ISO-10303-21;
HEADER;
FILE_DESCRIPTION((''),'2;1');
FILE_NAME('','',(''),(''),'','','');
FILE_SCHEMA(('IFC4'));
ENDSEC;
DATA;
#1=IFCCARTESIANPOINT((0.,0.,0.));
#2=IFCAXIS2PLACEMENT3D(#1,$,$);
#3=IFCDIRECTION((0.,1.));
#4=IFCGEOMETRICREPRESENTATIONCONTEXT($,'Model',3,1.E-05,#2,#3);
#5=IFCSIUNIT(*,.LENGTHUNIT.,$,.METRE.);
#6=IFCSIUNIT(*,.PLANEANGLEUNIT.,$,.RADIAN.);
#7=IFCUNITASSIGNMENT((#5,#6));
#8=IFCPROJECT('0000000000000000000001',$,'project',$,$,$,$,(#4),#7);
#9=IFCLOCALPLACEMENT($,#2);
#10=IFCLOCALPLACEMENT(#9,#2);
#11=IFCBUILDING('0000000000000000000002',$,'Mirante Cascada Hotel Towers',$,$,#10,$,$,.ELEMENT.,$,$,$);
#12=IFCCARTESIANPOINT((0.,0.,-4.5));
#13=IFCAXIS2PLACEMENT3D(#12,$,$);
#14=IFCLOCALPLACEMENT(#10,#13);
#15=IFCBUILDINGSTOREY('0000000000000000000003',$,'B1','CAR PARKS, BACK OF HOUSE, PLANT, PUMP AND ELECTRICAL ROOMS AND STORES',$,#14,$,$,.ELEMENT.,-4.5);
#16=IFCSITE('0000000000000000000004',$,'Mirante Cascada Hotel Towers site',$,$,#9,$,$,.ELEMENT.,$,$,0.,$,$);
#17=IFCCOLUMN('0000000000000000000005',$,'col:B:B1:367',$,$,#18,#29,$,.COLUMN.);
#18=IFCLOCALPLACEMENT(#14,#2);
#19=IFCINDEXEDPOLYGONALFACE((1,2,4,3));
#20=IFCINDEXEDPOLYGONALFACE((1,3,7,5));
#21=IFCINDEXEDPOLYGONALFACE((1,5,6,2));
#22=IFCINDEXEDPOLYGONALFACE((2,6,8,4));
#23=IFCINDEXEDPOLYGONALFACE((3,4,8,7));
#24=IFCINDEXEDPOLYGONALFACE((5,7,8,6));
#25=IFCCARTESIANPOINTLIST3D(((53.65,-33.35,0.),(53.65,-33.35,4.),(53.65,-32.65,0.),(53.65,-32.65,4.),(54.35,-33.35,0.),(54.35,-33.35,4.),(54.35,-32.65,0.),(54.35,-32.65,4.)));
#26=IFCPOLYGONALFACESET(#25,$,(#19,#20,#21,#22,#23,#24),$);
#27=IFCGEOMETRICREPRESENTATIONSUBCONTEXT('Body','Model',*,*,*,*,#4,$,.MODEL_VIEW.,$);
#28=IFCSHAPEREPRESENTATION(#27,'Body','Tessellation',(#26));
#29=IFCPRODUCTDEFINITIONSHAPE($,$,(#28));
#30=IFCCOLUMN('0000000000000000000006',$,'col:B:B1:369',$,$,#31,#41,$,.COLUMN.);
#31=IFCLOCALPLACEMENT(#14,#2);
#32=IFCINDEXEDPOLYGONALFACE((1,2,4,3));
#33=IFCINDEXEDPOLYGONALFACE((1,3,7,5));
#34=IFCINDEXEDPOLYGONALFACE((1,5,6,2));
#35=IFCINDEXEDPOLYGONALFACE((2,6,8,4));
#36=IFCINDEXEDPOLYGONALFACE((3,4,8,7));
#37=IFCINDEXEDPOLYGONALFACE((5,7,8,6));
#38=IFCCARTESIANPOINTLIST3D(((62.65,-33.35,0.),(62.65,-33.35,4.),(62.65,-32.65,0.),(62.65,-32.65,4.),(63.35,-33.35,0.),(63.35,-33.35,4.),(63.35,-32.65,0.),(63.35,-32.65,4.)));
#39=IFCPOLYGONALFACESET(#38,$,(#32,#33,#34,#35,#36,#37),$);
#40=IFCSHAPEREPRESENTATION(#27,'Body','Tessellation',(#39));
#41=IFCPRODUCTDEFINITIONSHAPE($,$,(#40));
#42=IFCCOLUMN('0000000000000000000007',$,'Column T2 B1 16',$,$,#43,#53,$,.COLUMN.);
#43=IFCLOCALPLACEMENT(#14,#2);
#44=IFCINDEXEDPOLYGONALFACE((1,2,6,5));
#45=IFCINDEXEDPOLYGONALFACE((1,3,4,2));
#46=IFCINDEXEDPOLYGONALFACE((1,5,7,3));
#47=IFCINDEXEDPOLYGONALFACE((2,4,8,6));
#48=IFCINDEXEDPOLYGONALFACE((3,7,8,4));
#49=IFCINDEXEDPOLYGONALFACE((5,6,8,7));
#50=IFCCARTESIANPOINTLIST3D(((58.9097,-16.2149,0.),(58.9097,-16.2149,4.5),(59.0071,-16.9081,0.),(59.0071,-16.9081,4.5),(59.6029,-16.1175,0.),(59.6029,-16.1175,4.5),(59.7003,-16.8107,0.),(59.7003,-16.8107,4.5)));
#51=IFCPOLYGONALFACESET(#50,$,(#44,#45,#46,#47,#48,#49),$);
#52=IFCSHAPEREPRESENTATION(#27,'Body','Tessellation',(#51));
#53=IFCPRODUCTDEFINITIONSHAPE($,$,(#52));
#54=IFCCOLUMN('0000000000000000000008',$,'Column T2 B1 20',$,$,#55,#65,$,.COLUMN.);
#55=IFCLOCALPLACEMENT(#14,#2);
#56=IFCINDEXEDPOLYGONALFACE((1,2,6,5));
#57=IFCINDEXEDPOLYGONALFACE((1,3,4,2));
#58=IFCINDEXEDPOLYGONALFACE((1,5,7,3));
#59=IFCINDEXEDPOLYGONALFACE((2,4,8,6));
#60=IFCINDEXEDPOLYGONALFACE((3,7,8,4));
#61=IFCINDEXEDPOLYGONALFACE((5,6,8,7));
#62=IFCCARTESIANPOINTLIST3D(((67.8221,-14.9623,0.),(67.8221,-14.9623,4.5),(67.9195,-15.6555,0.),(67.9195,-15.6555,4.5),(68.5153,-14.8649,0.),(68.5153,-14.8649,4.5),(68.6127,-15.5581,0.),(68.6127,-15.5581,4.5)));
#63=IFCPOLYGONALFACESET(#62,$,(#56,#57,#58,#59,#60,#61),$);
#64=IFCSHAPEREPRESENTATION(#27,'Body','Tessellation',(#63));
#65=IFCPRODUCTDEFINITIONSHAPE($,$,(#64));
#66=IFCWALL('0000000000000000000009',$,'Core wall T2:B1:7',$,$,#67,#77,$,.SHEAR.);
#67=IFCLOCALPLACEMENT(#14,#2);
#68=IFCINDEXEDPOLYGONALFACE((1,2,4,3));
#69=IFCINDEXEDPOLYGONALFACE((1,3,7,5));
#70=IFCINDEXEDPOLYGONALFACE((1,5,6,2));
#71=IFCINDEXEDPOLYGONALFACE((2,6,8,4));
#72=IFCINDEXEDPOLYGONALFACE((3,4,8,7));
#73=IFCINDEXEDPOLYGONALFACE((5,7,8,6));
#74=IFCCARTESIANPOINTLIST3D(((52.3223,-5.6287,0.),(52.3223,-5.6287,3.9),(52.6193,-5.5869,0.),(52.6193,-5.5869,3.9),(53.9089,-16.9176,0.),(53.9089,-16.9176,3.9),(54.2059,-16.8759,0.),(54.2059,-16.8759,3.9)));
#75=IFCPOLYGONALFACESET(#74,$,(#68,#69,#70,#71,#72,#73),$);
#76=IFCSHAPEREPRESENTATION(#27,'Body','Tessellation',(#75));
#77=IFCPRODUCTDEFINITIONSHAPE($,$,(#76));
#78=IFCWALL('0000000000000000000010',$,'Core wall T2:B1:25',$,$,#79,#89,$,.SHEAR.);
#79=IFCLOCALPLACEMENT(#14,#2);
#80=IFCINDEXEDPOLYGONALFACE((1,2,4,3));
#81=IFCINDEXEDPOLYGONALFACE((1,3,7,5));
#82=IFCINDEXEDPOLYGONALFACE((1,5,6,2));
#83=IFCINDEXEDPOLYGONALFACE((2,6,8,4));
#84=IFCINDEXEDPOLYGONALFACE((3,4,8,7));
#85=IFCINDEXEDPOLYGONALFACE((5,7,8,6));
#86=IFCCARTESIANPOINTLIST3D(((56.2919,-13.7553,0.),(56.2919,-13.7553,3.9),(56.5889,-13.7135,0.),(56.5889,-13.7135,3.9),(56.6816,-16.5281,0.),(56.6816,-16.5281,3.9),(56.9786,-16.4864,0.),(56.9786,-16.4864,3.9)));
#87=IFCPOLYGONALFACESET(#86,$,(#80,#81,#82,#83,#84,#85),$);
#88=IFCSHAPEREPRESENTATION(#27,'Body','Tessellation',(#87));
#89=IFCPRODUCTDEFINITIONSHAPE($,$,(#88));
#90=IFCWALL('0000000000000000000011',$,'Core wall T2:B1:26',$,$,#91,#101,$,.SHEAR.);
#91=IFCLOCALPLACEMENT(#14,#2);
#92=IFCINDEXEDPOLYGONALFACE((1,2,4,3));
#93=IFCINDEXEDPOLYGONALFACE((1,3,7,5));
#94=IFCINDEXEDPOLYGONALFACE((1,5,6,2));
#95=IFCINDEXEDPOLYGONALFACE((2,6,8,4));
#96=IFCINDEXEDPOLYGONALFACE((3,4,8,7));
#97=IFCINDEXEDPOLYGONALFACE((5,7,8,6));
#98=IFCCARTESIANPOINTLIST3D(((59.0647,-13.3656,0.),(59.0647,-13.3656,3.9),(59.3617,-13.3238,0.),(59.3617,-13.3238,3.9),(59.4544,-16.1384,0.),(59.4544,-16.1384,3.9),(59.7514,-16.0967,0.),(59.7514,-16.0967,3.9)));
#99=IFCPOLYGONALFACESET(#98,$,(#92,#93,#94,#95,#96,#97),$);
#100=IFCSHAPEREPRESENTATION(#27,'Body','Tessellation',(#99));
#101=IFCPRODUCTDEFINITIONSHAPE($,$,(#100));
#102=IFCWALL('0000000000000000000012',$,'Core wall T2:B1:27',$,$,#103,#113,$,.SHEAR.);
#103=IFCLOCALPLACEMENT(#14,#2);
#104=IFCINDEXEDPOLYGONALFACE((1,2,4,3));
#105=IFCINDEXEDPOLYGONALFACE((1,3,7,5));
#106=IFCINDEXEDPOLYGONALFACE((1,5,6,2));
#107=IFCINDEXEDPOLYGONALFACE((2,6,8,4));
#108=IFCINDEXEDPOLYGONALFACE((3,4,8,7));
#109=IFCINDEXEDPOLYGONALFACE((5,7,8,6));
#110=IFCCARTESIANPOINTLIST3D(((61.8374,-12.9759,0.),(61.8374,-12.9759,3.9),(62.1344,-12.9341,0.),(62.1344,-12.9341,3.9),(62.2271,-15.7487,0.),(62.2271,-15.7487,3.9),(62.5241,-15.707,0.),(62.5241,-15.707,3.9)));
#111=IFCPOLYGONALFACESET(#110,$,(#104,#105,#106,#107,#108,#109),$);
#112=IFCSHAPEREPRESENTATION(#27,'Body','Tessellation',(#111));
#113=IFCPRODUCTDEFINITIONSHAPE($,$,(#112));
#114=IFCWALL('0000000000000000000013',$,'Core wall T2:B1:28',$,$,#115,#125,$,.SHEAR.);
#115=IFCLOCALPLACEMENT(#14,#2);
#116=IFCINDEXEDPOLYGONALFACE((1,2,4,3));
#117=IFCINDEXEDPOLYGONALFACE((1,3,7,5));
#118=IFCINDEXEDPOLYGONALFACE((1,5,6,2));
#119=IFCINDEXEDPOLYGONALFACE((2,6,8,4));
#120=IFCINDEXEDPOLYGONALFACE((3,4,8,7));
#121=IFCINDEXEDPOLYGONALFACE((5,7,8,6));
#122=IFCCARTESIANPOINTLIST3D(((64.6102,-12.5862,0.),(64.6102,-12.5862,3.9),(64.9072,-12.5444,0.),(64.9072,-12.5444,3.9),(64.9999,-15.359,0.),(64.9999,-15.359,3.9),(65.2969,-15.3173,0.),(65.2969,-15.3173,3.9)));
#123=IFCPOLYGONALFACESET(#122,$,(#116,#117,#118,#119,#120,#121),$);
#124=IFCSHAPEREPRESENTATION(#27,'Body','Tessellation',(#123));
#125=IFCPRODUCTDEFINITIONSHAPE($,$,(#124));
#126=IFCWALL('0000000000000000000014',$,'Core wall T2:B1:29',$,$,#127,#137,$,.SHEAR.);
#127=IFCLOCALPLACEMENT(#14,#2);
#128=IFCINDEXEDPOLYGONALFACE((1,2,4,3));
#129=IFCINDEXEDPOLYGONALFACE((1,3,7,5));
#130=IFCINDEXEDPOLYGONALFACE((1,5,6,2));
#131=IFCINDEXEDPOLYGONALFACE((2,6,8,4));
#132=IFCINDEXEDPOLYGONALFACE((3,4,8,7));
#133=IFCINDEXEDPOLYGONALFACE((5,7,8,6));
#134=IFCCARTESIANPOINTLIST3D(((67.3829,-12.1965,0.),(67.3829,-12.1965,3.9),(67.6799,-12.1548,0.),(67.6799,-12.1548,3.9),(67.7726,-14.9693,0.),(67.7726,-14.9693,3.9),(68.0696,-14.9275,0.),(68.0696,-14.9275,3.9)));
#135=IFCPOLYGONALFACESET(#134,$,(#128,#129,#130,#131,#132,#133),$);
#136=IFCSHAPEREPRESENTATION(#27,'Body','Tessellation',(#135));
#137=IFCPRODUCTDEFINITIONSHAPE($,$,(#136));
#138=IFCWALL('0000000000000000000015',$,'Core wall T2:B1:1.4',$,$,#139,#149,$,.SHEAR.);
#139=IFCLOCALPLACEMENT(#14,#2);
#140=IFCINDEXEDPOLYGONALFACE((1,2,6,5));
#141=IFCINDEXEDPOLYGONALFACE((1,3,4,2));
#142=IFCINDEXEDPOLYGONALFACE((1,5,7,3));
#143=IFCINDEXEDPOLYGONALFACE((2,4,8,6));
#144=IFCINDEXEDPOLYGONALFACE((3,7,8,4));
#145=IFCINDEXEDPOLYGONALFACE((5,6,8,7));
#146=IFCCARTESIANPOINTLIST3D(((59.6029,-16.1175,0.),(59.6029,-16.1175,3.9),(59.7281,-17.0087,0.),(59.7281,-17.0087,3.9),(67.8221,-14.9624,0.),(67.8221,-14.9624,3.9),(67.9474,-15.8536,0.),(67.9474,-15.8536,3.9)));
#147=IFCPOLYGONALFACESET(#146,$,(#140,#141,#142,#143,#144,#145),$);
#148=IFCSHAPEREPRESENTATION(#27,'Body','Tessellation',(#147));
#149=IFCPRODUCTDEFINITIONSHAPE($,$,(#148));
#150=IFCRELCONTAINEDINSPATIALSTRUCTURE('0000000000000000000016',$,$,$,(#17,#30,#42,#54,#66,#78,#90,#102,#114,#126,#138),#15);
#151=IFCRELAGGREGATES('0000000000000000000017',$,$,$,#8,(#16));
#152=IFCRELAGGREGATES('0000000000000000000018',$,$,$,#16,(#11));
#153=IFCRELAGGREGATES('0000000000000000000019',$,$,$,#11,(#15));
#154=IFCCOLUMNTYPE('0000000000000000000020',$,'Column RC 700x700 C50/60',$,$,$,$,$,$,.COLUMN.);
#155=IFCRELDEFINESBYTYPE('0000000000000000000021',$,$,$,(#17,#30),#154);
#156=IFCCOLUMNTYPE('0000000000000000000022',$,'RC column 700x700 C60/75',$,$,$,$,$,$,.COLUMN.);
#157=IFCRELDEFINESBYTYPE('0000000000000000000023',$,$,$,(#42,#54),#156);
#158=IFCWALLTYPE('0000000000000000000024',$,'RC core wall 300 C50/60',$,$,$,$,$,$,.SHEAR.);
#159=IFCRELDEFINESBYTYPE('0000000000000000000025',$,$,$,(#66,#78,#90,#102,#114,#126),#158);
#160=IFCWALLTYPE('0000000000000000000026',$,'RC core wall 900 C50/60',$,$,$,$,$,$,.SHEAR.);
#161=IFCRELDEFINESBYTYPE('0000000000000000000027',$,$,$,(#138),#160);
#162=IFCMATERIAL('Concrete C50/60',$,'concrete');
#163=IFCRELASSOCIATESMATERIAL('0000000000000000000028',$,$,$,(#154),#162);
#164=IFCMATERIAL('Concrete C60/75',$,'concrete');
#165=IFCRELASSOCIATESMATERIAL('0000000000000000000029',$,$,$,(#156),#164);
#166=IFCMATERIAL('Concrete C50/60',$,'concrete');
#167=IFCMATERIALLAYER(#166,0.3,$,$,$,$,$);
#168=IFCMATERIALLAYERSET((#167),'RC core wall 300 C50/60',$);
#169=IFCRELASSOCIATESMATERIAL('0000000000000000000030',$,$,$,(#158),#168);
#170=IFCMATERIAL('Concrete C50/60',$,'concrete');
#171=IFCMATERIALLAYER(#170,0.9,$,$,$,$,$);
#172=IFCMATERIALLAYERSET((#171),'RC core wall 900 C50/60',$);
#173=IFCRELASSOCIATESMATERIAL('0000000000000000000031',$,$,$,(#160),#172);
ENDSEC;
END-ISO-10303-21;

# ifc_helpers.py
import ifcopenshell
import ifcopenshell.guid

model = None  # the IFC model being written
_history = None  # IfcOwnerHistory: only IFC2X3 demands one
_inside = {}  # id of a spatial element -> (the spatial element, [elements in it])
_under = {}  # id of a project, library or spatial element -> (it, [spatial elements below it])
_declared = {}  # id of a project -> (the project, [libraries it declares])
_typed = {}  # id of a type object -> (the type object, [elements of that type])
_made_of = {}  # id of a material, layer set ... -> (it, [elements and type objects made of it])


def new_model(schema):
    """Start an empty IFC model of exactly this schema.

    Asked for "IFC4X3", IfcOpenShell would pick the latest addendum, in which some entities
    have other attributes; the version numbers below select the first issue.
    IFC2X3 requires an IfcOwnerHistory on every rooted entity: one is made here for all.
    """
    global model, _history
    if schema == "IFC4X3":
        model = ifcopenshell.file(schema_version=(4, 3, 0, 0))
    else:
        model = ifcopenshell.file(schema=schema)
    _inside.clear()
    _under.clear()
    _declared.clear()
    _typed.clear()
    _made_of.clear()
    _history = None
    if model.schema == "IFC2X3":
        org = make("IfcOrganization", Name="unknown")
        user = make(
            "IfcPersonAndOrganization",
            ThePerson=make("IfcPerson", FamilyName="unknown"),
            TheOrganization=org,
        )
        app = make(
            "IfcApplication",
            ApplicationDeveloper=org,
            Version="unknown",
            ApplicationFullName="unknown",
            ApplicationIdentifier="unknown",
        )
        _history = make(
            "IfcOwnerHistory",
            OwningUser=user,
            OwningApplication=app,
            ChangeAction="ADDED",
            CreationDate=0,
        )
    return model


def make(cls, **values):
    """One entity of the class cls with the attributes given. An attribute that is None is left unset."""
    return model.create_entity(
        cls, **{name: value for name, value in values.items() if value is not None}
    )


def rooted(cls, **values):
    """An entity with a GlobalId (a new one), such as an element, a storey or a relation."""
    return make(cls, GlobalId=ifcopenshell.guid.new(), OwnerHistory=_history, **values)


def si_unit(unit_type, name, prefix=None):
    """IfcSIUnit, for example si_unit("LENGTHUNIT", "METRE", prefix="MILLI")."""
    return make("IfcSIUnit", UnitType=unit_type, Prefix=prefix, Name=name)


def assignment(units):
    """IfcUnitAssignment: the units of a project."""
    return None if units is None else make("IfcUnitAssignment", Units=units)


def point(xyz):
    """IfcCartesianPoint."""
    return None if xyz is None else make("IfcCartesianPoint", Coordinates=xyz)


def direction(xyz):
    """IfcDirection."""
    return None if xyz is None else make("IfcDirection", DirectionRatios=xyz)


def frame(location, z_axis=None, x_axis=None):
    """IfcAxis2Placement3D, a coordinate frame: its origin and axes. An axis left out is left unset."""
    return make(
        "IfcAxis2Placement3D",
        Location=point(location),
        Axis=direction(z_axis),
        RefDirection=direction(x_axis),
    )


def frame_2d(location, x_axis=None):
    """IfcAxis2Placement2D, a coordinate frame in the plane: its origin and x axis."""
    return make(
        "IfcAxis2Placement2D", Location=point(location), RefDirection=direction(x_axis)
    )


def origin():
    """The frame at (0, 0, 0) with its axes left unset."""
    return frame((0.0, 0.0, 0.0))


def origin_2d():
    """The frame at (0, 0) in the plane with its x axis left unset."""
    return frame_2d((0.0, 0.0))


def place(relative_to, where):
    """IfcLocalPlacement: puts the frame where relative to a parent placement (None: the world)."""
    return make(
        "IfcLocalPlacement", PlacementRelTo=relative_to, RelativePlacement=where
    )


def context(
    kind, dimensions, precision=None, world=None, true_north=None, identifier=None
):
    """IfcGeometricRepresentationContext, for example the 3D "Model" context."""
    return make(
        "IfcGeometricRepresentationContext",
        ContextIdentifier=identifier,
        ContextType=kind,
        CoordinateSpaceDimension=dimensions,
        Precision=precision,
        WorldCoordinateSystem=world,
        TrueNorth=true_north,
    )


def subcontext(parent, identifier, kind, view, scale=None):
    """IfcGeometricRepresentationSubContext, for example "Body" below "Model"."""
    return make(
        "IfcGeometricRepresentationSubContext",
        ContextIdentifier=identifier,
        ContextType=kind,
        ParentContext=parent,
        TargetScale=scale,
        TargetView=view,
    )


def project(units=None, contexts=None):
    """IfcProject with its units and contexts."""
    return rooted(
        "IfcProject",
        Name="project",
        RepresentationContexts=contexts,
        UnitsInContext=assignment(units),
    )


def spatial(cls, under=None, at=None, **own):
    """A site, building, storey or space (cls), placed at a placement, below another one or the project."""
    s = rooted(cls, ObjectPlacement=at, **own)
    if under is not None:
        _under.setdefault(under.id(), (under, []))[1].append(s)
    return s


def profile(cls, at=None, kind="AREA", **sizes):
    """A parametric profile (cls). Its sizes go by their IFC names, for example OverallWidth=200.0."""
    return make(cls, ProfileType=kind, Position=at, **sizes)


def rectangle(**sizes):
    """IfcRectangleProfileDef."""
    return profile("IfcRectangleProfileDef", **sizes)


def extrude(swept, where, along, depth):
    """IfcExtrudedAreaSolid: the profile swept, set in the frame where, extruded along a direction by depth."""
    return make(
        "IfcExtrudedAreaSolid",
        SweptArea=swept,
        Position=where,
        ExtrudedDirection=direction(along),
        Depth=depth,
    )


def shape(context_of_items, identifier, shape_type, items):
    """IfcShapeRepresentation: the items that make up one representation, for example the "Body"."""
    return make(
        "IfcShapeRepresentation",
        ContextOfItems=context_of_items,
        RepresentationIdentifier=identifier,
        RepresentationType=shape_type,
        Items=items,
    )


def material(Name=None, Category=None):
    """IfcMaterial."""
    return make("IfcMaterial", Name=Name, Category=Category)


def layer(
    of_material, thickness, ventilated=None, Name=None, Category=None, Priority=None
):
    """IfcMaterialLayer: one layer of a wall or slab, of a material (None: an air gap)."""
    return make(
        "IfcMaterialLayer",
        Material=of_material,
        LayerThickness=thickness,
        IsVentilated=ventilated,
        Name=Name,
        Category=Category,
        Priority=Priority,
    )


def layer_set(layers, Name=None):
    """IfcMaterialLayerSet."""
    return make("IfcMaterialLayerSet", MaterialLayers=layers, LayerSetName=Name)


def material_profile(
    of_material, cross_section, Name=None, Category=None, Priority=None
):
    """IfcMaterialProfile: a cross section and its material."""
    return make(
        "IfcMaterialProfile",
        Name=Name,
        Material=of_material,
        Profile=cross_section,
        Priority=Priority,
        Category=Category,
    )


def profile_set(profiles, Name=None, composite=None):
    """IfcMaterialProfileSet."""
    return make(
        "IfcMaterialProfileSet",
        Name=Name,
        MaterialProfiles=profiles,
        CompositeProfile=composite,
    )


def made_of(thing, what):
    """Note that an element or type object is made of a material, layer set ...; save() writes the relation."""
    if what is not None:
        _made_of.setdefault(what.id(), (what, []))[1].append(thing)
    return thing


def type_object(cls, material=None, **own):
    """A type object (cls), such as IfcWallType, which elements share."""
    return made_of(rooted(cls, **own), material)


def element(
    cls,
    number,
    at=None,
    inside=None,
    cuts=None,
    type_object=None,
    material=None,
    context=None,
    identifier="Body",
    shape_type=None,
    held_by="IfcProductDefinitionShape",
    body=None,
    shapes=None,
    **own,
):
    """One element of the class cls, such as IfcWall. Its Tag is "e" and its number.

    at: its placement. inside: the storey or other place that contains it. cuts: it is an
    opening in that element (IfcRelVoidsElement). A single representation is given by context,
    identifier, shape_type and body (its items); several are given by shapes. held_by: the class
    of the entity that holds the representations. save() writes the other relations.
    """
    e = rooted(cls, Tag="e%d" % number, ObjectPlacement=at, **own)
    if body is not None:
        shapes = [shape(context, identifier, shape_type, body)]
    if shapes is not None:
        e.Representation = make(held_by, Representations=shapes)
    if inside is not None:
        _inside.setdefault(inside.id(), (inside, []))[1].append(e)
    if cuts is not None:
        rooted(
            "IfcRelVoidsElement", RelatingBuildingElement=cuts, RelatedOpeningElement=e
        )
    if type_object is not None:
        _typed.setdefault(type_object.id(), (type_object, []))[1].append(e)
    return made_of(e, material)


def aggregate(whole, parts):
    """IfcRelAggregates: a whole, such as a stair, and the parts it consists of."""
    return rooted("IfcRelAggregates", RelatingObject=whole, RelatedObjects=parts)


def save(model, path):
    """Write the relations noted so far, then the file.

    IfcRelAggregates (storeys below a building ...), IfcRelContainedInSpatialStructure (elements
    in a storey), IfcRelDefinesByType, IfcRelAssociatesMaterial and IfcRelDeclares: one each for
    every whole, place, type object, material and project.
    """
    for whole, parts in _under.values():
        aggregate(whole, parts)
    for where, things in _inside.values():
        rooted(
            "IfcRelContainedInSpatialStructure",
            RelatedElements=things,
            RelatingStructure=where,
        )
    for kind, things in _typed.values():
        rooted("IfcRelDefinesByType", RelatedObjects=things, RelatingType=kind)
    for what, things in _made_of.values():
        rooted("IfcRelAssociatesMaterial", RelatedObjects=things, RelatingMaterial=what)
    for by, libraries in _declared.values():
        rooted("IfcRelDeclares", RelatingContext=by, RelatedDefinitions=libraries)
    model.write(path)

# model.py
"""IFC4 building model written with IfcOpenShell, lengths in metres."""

from ifc_helpers import new_model, si_unit, direction, frame, frame_2d, origin, origin_2d, place, context, subcontext, project, spatial, rectangle, extrude, material, layer, layer_set, material_profile, profile_set, type_object, element, save


model = new_model("IFC4")

# Units and contexts
model_context = context("Model", 3, precision=1e-05, world=origin(), true_north=direction((0.0, 1.0)))
body_context = subcontext(model_context, "Body", "Model", "MODEL_VIEW")
ifc_project = project(units=[si_unit("LENGTHUNIT", "METRE"), si_unit("PLANEANGLEUNIT", "RADIAN")], contexts=[model_context])

# Site, building, storey
site_placement = place(None, origin())
site = spatial("IfcSite", under=ifc_project, at=site_placement, Name="Mirante Cascada Hotel Towers site", CompositionType="ELEMENT", RefElevation=0.0)
building_placement = place(site_placement, origin())
building = spatial("IfcBuilding", under=site, at=building_placement, Name="Mirante Cascada Hotel Towers", CompositionType="ELEMENT")
storey_placement = place(building_placement, frame((0.0, 0.0, -4.5)))
storey = spatial("IfcBuildingStorey", under=building, at=storey_placement, Name="B1", Description="CAR PARKS, BACK OF HOUSE, PLANT, PUMP AND ELECTRICAL ROOMS AND STORES", CompositionType="ELEMENT", Elevation=-4.5)

# Columns
ifc_material_1 = material(Name="Concrete C50/60", Category="concrete")
ifc_material_profile_1 = material_profile(ifc_material_1, rectangle(XDim=0.7, YDim=0.7, at=origin_2d()), Name="RC 700x700")
ifc_profile_set_1 = profile_set([ifc_material_profile_1], Name="Concrete C50/60")
column_type_1 = type_object("IfcColumnType", Name="Column RC 700x700 C50/60", PredefinedType="COLUMN", material=ifc_profile_set_1)
for number, where, z_axis, x_axis, name in (
    (1, (54.0, -33.0, 0.0), (0.0, 0.0, 1.0), (1.0, 0.0, 0.0), "col:B:B1:367"),
    (2, (63.0, -33.0, 0.0), (0.0, 0.0, 1.0), (1.0, 0.0, 0.0), "col:B:B1:369"),
):
    element("IfcColumn", number, at=place(storey_placement, frame(where, z_axis=z_axis, x_axis=x_axis)), inside=storey, type_object=column_type_1, Name=name, PredefinedType="COLUMN", context=body_context, shape_type="SweptSolid", body=[
        extrude(rectangle(XDim=0.7, YDim=0.7, at=origin_2d()), origin(), (0.0, 0.0, 1.0), 4.0),
    ])
ifc_material_2 = material(Name="Concrete C60/75", Category="concrete")
ifc_material_profile_2 = material_profile(ifc_material_2, rectangle(XDim=0.7, YDim=0.7, at=origin_2d()), Name="RC column 700x700 C60/75")
ifc_profile_set_2 = profile_set([ifc_material_profile_2], Name="Concrete C60/75")
column_type_2 = type_object("IfcColumnType", Name="RC column 700x700 C60/75", PredefinedType="COLUMN", material=ifc_profile_set_2)
for number, where, z_axis, x_axis, name in (
    (3, (59.305, -16.5128, 0.0), (0.0, 0.0, 1.0), (0.990268, 0.139173, 0.0), "Column T2 B1 16"),
    (4, (68.2174, -15.2602, 0.0), (0.0, 0.0, 1.0), (0.990268, 0.139173, 0.0), "Column T2 B1 20"),
):
    element("IfcColumn", number, at=place(storey_placement, frame(where, z_axis=z_axis, x_axis=x_axis)), inside=storey, type_object=column_type_2, Name=name, PredefinedType="COLUMN", context=body_context, shape_type="SweptSolid", body=[
        extrude(rectangle(XDim=0.7, YDim=0.7, at=origin_2d()), origin(), (0.0, 0.0, 1.0), 4.5),
    ])

# Walls
ifc_material_3 = material(Name="Concrete C50/60", Category="concrete")
ifc_layer_1 = layer(ifc_material_3, 0.3)
ifc_layer_set_1 = layer_set([ifc_layer_1], Name="RC core wall 300 C50/60")
wall_type_1 = type_object("IfcWallType", Name="RC core wall 300 C50/60", PredefinedType="SHEAR", material=ifc_layer_set_1)
wall_1_placement = place(storey_placement, frame((54.0574, -16.8968, 0.0), z_axis=(0.0, 0.0, 1.0), x_axis=(-0.139176, 0.990268, 0.0)))
element("IfcWall", 5, at=wall_1_placement, inside=storey, type_object=wall_type_1, Name="Core wall T2:B1:7", PredefinedType="SHEAR", context=body_context, shape_type="SweptSolid", body=[
    extrude(rectangle(XDim=11.3999, YDim=0.3, at=frame_2d((5.7, 0.0))), origin(), (0.0, 0.0, 1.0), 3.9),
])
for number, where, z_axis, x_axis, name in (
    (6, (56.8301, -16.5072, 0.0), (0.0, 0.0, 1.0), (-0.139176, 0.990268, 0.0), "Core wall T2:B1:25"),
    (7, (59.6029, -16.1175, 0.0), (0.0, 0.0, 1.0), (-0.139176, 0.990268, 0.0), "Core wall T2:B1:26"),
    (8, (62.3756, -15.7278, 0.0), (0.0, 0.0, 1.0), (-0.139176, 0.990268, 0.0), "Core wall T2:B1:27"),
    (9, (65.1484, -15.3381, 0.0), (0.0, 0.0, 1.0), (-0.139176, 0.990268, 0.0), "Core wall T2:B1:28"),
):
    element("IfcWall", number, at=place(storey_placement, frame(where, z_axis=z_axis, x_axis=x_axis)), inside=storey, type_object=wall_type_1, Name=name, PredefinedType="SHEAR", context=body_context, shape_type="SweptSolid", body=[
        extrude(rectangle(XDim=2.8001, YDim=0.3, at=frame_2d((1.4, 0.0))), origin(), (0.0, 0.0, 1.0), 3.9),
    ])
wall_2_placement = place(storey_placement, frame((67.9211, -14.9484, 0.0), z_axis=(0.0, 0.0, 1.0), x_axis=(-0.139181, 0.990267, 0.0)))
element("IfcWall", 10, at=wall_2_placement, inside=storey, type_object=wall_type_1, Name="Core wall T2:B1:29", PredefinedType="SHEAR", context=body_context, shape_type="SweptSolid", body=[
    extrude(rectangle(XDim=2.8, YDim=0.3, at=frame_2d((1.4, 0.0))), origin(), (0.0, 0.0, 1.0), 3.9),
])
ifc_material_4 = material(Name="Concrete C50/60", Category="concrete")
ifc_layer_2 = layer(ifc_material_4, 0.9)
ifc_layer_set_2 = layer_set([ifc_layer_2], Name="RC core wall 900 C50/60")
wall_type_2 = type_object("IfcWallType", Name="RC core wall 900 C50/60", PredefinedType="SHEAR", material=ifc_layer_set_2)
wall_3_placement = place(storey_placement, frame((59.6655, -16.5631, 0.0), z_axis=(0.0, 0.0, 1.0), x_axis=(0.990269, 0.139169, 0.0)))
element("IfcWall", 11, at=wall_3_placement, inside=storey, type_object=wall_type_2, Name="Core wall T2:B1:1.4", PredefinedType="SHEAR", context=body_context, shape_type="SweptSolid", body=[
    extrude(rectangle(XDim=8.3, YDim=0.9, at=frame_2d((4.15, 0.0))), origin(), (0.0, 0.0, 1.0), 3.9),
])

save(model, "model.ifc")
